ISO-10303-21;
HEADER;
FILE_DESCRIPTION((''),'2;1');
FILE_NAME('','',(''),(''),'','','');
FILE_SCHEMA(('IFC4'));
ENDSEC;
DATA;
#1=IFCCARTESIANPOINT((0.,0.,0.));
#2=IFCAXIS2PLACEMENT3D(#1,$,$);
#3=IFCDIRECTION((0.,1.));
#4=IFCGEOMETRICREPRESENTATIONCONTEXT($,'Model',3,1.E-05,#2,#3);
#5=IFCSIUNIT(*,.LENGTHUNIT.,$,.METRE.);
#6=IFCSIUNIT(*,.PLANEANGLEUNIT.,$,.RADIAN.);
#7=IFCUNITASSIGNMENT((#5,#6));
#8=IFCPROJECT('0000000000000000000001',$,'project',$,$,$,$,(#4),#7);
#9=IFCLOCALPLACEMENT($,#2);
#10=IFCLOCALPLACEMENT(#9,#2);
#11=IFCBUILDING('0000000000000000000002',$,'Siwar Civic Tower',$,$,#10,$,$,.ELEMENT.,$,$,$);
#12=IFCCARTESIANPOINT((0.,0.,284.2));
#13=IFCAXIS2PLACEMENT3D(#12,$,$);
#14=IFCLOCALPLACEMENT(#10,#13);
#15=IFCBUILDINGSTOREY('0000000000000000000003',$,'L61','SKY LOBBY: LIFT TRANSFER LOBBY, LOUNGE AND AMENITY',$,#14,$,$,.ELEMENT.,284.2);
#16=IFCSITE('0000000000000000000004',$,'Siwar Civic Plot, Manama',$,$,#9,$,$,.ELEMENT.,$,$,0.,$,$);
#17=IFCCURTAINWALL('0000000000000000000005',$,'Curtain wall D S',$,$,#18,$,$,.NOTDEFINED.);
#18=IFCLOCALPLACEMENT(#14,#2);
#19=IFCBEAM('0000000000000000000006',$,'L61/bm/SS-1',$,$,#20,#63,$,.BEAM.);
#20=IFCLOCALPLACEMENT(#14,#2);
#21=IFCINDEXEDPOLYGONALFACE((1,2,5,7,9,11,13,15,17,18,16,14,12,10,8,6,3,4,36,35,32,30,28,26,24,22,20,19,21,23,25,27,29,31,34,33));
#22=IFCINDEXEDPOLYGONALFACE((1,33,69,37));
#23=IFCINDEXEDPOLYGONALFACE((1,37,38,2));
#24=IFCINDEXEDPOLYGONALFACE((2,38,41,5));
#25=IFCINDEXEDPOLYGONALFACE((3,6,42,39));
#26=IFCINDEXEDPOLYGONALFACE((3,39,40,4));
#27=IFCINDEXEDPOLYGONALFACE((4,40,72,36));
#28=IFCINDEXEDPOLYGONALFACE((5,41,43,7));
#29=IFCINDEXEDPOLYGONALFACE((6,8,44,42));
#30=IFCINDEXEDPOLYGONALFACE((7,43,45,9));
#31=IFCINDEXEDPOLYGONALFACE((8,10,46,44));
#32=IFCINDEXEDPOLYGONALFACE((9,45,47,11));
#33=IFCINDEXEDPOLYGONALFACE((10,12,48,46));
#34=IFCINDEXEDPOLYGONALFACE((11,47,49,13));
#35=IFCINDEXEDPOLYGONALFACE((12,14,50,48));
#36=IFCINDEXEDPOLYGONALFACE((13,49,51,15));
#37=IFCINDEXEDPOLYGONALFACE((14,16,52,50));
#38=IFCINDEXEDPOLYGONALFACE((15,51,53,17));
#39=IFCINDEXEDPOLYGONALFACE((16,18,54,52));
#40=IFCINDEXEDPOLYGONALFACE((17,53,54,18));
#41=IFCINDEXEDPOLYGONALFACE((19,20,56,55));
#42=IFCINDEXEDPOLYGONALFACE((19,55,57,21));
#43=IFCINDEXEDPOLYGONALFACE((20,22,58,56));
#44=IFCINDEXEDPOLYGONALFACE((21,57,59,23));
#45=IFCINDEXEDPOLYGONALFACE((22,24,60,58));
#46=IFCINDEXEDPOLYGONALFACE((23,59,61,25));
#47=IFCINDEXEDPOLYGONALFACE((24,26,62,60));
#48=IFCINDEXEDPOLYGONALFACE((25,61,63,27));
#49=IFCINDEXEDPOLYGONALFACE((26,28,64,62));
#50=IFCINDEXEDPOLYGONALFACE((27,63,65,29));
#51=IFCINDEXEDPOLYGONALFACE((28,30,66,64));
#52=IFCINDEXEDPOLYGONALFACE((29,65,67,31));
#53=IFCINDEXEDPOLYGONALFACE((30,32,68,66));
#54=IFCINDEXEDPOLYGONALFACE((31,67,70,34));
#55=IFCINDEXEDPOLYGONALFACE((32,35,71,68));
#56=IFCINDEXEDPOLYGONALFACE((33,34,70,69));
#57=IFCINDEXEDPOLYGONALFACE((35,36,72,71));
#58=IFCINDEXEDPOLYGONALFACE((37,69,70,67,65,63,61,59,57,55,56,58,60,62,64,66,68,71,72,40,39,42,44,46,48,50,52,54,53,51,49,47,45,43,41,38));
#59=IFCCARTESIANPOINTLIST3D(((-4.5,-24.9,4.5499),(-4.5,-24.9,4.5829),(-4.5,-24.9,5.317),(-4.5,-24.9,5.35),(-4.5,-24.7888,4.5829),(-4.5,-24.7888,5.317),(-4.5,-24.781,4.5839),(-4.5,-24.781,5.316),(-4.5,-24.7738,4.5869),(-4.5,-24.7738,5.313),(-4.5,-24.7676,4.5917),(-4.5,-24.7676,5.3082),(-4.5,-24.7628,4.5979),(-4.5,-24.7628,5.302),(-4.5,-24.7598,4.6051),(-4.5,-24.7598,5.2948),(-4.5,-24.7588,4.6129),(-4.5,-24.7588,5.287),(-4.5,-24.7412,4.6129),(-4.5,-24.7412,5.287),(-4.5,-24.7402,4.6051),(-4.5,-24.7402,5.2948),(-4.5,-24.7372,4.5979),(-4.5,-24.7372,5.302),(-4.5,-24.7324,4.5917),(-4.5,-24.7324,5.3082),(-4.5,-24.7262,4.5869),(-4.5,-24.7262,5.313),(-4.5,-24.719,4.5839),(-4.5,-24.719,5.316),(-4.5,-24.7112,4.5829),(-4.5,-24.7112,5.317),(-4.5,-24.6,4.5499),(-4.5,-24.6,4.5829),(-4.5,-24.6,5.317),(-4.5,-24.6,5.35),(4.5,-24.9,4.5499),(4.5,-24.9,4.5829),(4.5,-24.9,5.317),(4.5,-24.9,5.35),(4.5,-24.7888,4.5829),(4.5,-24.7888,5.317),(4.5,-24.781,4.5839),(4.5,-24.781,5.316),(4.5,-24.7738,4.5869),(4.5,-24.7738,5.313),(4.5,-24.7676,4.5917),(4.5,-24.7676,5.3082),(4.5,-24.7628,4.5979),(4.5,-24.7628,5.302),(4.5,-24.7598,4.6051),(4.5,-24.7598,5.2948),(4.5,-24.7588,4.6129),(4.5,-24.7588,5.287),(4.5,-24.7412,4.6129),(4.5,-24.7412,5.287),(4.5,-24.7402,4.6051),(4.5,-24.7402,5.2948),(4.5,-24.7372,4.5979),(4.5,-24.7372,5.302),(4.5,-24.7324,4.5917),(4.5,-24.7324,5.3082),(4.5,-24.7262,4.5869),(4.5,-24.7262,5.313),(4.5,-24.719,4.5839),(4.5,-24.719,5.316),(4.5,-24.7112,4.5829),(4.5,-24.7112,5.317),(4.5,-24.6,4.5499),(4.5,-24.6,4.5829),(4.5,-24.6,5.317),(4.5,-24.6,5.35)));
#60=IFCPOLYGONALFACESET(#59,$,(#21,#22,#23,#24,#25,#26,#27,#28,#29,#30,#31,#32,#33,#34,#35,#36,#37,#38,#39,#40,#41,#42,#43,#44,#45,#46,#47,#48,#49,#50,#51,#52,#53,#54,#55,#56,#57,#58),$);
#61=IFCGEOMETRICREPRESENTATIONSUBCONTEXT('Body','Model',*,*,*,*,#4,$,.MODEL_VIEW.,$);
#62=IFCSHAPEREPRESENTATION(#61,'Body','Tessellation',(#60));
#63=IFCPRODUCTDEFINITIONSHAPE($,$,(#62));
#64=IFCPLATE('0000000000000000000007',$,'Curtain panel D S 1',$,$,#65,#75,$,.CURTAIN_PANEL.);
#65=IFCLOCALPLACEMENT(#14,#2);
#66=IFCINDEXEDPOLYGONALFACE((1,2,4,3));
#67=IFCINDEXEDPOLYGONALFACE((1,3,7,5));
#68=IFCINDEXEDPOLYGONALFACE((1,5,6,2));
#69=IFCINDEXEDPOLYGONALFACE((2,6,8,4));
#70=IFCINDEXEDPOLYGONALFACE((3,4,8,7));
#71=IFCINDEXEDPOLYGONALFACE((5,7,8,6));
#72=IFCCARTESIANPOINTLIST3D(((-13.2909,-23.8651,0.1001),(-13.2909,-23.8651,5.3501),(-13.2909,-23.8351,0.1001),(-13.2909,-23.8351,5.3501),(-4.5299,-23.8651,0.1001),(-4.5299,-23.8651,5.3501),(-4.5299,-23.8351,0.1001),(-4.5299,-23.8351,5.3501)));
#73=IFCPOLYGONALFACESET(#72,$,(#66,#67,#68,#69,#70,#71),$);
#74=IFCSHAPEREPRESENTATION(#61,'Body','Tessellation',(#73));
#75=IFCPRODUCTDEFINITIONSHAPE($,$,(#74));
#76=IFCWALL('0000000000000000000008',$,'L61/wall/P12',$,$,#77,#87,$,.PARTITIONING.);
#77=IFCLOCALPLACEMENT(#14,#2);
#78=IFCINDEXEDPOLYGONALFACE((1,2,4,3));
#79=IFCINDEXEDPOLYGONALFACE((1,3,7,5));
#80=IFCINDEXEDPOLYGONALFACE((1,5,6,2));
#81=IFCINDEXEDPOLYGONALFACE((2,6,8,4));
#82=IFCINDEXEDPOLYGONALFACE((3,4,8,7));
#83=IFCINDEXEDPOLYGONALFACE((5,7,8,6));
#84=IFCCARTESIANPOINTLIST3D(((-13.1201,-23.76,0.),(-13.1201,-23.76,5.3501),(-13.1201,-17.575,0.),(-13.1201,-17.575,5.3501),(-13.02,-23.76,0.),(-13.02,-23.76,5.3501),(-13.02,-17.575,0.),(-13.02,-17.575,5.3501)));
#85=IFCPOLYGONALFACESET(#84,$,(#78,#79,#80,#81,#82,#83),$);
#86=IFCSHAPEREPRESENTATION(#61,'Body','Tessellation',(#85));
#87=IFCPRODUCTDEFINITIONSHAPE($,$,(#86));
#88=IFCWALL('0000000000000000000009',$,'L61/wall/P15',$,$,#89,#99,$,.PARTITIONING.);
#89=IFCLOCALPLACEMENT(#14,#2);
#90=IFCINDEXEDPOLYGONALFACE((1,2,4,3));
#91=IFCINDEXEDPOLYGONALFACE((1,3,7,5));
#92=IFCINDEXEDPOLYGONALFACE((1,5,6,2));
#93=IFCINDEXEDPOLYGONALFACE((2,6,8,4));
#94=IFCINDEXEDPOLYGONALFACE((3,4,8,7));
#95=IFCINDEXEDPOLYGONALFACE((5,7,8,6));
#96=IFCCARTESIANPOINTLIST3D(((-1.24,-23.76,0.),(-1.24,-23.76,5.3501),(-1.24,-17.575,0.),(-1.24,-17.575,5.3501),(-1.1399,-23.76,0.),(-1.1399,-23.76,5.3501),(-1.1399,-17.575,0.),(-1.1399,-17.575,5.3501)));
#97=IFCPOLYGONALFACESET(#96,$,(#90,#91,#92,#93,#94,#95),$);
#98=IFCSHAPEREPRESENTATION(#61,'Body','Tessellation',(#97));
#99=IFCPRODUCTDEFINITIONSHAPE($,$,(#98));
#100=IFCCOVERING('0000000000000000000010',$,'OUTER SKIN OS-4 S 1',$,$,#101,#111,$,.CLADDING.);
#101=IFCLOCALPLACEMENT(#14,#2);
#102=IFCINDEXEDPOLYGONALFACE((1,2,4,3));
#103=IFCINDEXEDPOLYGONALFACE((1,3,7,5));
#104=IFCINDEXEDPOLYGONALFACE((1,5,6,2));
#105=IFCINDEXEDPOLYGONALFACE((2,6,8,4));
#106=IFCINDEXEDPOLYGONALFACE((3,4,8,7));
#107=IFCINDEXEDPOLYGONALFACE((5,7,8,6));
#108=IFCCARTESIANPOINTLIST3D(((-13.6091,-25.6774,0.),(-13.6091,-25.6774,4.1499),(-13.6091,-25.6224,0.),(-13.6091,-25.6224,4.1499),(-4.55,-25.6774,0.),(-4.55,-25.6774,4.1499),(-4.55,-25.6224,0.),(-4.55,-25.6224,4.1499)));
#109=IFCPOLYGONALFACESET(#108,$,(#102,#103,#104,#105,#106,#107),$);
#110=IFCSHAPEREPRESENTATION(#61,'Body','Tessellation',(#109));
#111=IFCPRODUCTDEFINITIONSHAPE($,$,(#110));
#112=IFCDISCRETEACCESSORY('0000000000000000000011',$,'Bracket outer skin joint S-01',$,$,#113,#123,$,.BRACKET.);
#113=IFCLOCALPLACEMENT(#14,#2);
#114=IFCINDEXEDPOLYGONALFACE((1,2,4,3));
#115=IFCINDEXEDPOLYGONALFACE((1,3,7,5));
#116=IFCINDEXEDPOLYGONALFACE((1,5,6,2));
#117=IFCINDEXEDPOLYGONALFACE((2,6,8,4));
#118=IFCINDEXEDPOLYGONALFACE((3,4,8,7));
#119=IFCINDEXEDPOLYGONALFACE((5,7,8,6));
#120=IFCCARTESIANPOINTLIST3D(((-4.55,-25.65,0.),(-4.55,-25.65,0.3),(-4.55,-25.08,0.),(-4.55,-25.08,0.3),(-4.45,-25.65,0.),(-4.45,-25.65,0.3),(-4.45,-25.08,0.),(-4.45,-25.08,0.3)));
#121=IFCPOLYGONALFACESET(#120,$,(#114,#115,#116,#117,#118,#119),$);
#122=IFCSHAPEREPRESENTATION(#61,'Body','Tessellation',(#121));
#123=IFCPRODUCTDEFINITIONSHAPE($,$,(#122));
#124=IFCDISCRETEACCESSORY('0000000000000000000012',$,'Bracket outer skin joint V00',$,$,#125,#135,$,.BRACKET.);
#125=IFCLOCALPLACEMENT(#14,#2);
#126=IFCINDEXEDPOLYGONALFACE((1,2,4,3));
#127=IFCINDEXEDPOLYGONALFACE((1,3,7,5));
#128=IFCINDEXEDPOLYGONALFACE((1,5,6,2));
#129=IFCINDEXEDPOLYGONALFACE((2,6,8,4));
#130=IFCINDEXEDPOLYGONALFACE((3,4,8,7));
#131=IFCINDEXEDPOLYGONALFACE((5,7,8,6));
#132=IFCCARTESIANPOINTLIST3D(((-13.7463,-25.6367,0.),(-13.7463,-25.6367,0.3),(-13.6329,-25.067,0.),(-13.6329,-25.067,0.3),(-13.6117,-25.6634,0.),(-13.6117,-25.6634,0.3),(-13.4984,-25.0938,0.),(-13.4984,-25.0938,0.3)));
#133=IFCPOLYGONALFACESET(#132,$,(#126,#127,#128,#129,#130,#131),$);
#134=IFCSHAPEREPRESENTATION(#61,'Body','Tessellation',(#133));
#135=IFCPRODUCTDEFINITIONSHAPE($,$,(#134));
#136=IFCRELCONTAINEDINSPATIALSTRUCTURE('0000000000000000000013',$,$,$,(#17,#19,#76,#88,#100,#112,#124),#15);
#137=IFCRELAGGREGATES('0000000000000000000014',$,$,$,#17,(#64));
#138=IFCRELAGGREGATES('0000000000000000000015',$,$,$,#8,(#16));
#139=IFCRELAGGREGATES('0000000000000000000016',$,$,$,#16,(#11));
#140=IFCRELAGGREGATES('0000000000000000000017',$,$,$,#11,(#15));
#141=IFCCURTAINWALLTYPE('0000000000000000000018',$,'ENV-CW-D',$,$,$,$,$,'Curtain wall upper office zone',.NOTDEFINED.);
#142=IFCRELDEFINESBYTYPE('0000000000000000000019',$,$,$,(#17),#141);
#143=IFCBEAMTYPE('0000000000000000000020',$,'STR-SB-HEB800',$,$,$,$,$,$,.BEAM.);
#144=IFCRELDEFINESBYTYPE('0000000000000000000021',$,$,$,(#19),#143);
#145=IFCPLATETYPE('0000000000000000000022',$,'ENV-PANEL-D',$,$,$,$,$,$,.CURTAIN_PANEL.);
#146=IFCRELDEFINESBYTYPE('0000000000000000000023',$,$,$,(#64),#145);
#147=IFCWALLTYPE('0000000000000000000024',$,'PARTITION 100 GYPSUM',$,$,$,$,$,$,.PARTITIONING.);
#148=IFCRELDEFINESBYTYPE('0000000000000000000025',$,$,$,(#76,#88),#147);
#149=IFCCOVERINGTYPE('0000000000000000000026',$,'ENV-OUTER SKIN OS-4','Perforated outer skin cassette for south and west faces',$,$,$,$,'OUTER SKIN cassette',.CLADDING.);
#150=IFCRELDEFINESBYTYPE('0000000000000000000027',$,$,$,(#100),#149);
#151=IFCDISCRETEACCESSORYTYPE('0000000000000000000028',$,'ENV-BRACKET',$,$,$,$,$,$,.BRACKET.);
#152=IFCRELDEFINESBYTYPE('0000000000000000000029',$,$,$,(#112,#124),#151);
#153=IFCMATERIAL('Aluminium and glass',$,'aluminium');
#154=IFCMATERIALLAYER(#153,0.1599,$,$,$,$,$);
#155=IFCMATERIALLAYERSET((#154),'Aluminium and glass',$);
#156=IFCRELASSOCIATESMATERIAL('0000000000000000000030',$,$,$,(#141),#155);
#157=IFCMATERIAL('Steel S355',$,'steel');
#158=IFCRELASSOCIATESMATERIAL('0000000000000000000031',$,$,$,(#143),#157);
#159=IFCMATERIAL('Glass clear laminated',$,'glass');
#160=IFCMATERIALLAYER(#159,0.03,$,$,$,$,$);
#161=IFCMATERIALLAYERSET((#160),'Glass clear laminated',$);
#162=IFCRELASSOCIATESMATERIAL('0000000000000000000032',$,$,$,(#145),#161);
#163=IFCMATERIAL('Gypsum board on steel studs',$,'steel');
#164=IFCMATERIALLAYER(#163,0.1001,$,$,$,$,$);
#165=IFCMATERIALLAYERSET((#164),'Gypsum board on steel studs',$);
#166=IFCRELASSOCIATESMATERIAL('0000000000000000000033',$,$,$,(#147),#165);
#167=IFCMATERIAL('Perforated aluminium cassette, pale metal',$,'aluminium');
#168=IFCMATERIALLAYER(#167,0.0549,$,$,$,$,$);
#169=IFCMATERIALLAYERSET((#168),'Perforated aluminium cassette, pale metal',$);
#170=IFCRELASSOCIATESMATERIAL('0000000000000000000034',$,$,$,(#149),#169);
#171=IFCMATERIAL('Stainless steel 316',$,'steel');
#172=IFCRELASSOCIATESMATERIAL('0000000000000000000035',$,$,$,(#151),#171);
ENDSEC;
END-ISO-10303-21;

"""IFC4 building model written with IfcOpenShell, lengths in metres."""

from ifc_helpers import new_model, si_unit, direction, frame, frame_2d, origin, origin_2d, place, context, subcontext, project, spatial, rectangle, i_section, extrude, material, layer, layer_set, material_profile, profile_set, type_object, element, aggregate, save


model = new_model("IFC4")

# Units and contexts
model_context = context("Model", 3, precision=1e-05, world=origin(), true_north=direction((0.0, 1.0)))
body_context = subcontext(model_context, "Body", "Model", "MODEL_VIEW")
ifc_project = project(units=[si_unit("LENGTHUNIT", "METRE"), si_unit("PLANEANGLEUNIT", "RADIAN")], contexts=[model_context])

# Site, building, storey
site_placement = place(None, origin())
site = spatial("IfcSite", under=ifc_project, at=site_placement, Name="Siwar Civic Plot, Manama", CompositionType="ELEMENT", RefElevation=0.0)
building_placement = place(site_placement, origin())
building = spatial("IfcBuilding", under=site, at=building_placement, Name="Siwar Civic Tower", CompositionType="ELEMENT")
storey_placement = place(building_placement, frame((0.0, 0.0, 284.2)))
storey = spatial("IfcBuildingStorey", under=building, at=storey_placement, Name="L61", Description="SKY LOBBY: LIFT TRANSFER LOBBY, LOUNGE AND AMENITY", CompositionType="ELEMENT", Elevation=284.2)

# Curtain wall
ifc_material_1 = material(Name="Aluminium and glass", Category="aluminium")
ifc_layer_1 = layer(ifc_material_1, 0.1599)
ifc_layer_set_1 = layer_set([ifc_layer_1], Name="Aluminium and glass")
curtain_wall_type = type_object("IfcCurtainWallType", Name="ENV-CW-D", ElementType="Curtain wall upper office zone", PredefinedType="NOTDEFINED", material=ifc_layer_set_1)
curtain_wall_placement = place(storey_placement, origin())
curtain_wall = element("IfcCurtainWall", 1, at=curtain_wall_placement, inside=storey, type_object=curtain_wall_type, Name="Curtain wall D S", PredefinedType="NOTDEFINED")

# Beam
ifc_material_2 = material(Name="Steel S355", Category="steel")
ifc_material_profile_1 = material_profile(ifc_material_2, i_section(OverallWidth=0.3, OverallDepth=0.8, WebThickness=0.0176, FlangeThickness=0.033, FilletRadius=0.03, at=origin_2d()), Name="HEB800")
ifc_profile_set_1 = profile_set([ifc_material_profile_1], Name="Steel S355")
beam_type_1 = type_object("IfcBeamType", Name="STR-SB-HEB800", PredefinedType="BEAM", material=ifc_profile_set_1)
for number, where, z_axis, x_axis, name in (
    (2, (-4.5, -24.75, 4.95), (1.0, 0.0, 0.0), (0.0, 1.0, 0.0), "L61/bm/SS-1"),
):
    element("IfcBeam", number, at=place(storey_placement, frame(where, z_axis=z_axis, x_axis=x_axis)), inside=storey, type_object=beam_type_1, Name=name, PredefinedType="BEAM", context=body_context, shape_type="SweptSolid", body=[
        extrude(i_section(OverallWidth=0.3, OverallDepth=0.8, WebThickness=0.0176, FlangeThickness=0.033, FilletRadius=0.03, at=origin_2d()), origin(), (0.0, 0.0, 1.0), 9.0),
    ])

# Plate
ifc_material_3 = material(Name="Glass clear laminated", Category="glass")
ifc_layer_2 = layer(ifc_material_3, 0.03)
ifc_layer_set_2 = layer_set([ifc_layer_2], Name="Glass clear laminated")
plate_type = type_object("IfcPlateType", Name="ENV-PANEL-D", PredefinedType="CURTAIN_PANEL", material=ifc_layer_set_2)
plate_placement = place(storey_placement, frame((-8.9104, -23.8501, 0.1001), z_axis=(0.0, 0.0, 1.0), x_axis=(1.0, 0.0, 0.0)))
plate = element("IfcPlate", 3, at=plate_placement, type_object=plate_type, Name="Curtain panel D S 1", PredefinedType="CURTAIN_PANEL", context=body_context, shape_type="SweptSolid", body=[
    extrude(rectangle(XDim=8.761, YDim=0.03, at=origin_2d()), origin(), (0.0, 0.0, 1.0), 5.25),
])
aggregate(curtain_wall, [plate])

# Walls
ifc_material_4 = material(Name="Gypsum board on steel studs", Category="steel")
ifc_layer_3 = layer(ifc_material_4, 0.1001)
ifc_layer_set_3 = layer_set([ifc_layer_3], Name="Gypsum board on steel studs")
wall_type = type_object("IfcWallType", Name="PARTITION 100 GYPSUM", PredefinedType="PARTITIONING", material=ifc_layer_set_3)
for number, where, z_axis, x_axis, name in (
    (4, (-13.0701, -23.76, 0.0), (0.0, 0.0, 1.0), (0.0, 1.0, 0.0), "L61/wall/P12"),
    (5, (-1.1899, -23.76, 0.0), (0.0, 0.0, 1.0), (0.0, 1.0, 0.0), "L61/wall/P15"),
):
    element("IfcWall", number, at=place(storey_placement, frame(where, z_axis=z_axis, x_axis=x_axis)), inside=storey, type_object=wall_type, Name=name, PredefinedType="PARTITIONING", context=body_context, shape_type="SweptSolid", body=[
        extrude(rectangle(XDim=6.1851, YDim=0.1001, at=frame_2d((3.0925, 0.0))), origin(), (0.0, 0.0, 1.0), 5.3501),
    ])

# Covering
ifc_material_5 = material(Name="Perforated aluminium cassette, pale metal", Category="aluminium")
ifc_layer_4 = layer(ifc_material_5, 0.0549)
ifc_layer_set_4 = layer_set([ifc_layer_4], Name="Perforated aluminium cassette, pale metal")
covering_type = type_object("IfcCoveringType", Name="ENV-OUTER SKIN OS-4", Description="Perforated outer skin cassette for south and west faces", ElementType="OUTER SKIN cassette", PredefinedType="CLADDING", material=ifc_layer_set_4)
covering_placement = place(storey_placement, frame((-9.0796, -25.6499, 0.0), z_axis=(0.0, 0.0, 1.0), x_axis=(1.0, 0.0, 0.0)))
element("IfcCovering", 6, at=covering_placement, inside=storey, type_object=covering_type, Name="OUTER SKIN OS-4 S 1", PredefinedType="CLADDING", context=body_context, shape_type="SweptSolid", body=[
    extrude(rectangle(XDim=9.0591, YDim=0.0549, at=origin_2d()), origin(), (0.0, 0.0, 1.0), 4.1499),
])

# Discrete accessories
ifc_material_6 = material(Name="Stainless steel 316", Category="steel")
discrete_accessory_type = type_object("IfcDiscreteAccessoryType", Name="ENV-BRACKET", PredefinedType="BRACKET", material=ifc_material_6)
discrete_accessory_1_placement = place(storey_placement, frame((-4.5, -25.365, 0.0), z_axis=(0.0, 0.0, 1.0), x_axis=(0.0, -1.0, 0.0)))
element("IfcDiscreteAccessory", 7, at=discrete_accessory_1_placement, inside=storey, type_object=discrete_accessory_type, Name="Bracket outer skin joint S-01", PredefinedType="BRACKET", context=body_context, shape_type="SweptSolid", body=[
    extrude(rectangle(XDim=0.5701, YDim=0.1001, at=origin_2d()), origin(), (0.0, 0.0, 1.0), 0.3),
])
discrete_accessory_2_placement = place(storey_placement, frame((-13.6223, -25.3652, 0.0), z_axis=(0.0, 0.0, 1.0), x_axis=(-0.19509, -0.980785, 0.0)))
element("IfcDiscreteAccessory", 8, at=discrete_accessory_2_placement, inside=storey, type_object=discrete_accessory_type, Name="Bracket outer skin joint V00", PredefinedType="BRACKET", context=body_context, shape_type="SweptSolid", body=[
    extrude(rectangle(XDim=0.5808, YDim=0.1372, at=origin_2d()), origin(), (0.0, 0.0, 1.0), 0.3),
])

save(model, "model.ifc")
